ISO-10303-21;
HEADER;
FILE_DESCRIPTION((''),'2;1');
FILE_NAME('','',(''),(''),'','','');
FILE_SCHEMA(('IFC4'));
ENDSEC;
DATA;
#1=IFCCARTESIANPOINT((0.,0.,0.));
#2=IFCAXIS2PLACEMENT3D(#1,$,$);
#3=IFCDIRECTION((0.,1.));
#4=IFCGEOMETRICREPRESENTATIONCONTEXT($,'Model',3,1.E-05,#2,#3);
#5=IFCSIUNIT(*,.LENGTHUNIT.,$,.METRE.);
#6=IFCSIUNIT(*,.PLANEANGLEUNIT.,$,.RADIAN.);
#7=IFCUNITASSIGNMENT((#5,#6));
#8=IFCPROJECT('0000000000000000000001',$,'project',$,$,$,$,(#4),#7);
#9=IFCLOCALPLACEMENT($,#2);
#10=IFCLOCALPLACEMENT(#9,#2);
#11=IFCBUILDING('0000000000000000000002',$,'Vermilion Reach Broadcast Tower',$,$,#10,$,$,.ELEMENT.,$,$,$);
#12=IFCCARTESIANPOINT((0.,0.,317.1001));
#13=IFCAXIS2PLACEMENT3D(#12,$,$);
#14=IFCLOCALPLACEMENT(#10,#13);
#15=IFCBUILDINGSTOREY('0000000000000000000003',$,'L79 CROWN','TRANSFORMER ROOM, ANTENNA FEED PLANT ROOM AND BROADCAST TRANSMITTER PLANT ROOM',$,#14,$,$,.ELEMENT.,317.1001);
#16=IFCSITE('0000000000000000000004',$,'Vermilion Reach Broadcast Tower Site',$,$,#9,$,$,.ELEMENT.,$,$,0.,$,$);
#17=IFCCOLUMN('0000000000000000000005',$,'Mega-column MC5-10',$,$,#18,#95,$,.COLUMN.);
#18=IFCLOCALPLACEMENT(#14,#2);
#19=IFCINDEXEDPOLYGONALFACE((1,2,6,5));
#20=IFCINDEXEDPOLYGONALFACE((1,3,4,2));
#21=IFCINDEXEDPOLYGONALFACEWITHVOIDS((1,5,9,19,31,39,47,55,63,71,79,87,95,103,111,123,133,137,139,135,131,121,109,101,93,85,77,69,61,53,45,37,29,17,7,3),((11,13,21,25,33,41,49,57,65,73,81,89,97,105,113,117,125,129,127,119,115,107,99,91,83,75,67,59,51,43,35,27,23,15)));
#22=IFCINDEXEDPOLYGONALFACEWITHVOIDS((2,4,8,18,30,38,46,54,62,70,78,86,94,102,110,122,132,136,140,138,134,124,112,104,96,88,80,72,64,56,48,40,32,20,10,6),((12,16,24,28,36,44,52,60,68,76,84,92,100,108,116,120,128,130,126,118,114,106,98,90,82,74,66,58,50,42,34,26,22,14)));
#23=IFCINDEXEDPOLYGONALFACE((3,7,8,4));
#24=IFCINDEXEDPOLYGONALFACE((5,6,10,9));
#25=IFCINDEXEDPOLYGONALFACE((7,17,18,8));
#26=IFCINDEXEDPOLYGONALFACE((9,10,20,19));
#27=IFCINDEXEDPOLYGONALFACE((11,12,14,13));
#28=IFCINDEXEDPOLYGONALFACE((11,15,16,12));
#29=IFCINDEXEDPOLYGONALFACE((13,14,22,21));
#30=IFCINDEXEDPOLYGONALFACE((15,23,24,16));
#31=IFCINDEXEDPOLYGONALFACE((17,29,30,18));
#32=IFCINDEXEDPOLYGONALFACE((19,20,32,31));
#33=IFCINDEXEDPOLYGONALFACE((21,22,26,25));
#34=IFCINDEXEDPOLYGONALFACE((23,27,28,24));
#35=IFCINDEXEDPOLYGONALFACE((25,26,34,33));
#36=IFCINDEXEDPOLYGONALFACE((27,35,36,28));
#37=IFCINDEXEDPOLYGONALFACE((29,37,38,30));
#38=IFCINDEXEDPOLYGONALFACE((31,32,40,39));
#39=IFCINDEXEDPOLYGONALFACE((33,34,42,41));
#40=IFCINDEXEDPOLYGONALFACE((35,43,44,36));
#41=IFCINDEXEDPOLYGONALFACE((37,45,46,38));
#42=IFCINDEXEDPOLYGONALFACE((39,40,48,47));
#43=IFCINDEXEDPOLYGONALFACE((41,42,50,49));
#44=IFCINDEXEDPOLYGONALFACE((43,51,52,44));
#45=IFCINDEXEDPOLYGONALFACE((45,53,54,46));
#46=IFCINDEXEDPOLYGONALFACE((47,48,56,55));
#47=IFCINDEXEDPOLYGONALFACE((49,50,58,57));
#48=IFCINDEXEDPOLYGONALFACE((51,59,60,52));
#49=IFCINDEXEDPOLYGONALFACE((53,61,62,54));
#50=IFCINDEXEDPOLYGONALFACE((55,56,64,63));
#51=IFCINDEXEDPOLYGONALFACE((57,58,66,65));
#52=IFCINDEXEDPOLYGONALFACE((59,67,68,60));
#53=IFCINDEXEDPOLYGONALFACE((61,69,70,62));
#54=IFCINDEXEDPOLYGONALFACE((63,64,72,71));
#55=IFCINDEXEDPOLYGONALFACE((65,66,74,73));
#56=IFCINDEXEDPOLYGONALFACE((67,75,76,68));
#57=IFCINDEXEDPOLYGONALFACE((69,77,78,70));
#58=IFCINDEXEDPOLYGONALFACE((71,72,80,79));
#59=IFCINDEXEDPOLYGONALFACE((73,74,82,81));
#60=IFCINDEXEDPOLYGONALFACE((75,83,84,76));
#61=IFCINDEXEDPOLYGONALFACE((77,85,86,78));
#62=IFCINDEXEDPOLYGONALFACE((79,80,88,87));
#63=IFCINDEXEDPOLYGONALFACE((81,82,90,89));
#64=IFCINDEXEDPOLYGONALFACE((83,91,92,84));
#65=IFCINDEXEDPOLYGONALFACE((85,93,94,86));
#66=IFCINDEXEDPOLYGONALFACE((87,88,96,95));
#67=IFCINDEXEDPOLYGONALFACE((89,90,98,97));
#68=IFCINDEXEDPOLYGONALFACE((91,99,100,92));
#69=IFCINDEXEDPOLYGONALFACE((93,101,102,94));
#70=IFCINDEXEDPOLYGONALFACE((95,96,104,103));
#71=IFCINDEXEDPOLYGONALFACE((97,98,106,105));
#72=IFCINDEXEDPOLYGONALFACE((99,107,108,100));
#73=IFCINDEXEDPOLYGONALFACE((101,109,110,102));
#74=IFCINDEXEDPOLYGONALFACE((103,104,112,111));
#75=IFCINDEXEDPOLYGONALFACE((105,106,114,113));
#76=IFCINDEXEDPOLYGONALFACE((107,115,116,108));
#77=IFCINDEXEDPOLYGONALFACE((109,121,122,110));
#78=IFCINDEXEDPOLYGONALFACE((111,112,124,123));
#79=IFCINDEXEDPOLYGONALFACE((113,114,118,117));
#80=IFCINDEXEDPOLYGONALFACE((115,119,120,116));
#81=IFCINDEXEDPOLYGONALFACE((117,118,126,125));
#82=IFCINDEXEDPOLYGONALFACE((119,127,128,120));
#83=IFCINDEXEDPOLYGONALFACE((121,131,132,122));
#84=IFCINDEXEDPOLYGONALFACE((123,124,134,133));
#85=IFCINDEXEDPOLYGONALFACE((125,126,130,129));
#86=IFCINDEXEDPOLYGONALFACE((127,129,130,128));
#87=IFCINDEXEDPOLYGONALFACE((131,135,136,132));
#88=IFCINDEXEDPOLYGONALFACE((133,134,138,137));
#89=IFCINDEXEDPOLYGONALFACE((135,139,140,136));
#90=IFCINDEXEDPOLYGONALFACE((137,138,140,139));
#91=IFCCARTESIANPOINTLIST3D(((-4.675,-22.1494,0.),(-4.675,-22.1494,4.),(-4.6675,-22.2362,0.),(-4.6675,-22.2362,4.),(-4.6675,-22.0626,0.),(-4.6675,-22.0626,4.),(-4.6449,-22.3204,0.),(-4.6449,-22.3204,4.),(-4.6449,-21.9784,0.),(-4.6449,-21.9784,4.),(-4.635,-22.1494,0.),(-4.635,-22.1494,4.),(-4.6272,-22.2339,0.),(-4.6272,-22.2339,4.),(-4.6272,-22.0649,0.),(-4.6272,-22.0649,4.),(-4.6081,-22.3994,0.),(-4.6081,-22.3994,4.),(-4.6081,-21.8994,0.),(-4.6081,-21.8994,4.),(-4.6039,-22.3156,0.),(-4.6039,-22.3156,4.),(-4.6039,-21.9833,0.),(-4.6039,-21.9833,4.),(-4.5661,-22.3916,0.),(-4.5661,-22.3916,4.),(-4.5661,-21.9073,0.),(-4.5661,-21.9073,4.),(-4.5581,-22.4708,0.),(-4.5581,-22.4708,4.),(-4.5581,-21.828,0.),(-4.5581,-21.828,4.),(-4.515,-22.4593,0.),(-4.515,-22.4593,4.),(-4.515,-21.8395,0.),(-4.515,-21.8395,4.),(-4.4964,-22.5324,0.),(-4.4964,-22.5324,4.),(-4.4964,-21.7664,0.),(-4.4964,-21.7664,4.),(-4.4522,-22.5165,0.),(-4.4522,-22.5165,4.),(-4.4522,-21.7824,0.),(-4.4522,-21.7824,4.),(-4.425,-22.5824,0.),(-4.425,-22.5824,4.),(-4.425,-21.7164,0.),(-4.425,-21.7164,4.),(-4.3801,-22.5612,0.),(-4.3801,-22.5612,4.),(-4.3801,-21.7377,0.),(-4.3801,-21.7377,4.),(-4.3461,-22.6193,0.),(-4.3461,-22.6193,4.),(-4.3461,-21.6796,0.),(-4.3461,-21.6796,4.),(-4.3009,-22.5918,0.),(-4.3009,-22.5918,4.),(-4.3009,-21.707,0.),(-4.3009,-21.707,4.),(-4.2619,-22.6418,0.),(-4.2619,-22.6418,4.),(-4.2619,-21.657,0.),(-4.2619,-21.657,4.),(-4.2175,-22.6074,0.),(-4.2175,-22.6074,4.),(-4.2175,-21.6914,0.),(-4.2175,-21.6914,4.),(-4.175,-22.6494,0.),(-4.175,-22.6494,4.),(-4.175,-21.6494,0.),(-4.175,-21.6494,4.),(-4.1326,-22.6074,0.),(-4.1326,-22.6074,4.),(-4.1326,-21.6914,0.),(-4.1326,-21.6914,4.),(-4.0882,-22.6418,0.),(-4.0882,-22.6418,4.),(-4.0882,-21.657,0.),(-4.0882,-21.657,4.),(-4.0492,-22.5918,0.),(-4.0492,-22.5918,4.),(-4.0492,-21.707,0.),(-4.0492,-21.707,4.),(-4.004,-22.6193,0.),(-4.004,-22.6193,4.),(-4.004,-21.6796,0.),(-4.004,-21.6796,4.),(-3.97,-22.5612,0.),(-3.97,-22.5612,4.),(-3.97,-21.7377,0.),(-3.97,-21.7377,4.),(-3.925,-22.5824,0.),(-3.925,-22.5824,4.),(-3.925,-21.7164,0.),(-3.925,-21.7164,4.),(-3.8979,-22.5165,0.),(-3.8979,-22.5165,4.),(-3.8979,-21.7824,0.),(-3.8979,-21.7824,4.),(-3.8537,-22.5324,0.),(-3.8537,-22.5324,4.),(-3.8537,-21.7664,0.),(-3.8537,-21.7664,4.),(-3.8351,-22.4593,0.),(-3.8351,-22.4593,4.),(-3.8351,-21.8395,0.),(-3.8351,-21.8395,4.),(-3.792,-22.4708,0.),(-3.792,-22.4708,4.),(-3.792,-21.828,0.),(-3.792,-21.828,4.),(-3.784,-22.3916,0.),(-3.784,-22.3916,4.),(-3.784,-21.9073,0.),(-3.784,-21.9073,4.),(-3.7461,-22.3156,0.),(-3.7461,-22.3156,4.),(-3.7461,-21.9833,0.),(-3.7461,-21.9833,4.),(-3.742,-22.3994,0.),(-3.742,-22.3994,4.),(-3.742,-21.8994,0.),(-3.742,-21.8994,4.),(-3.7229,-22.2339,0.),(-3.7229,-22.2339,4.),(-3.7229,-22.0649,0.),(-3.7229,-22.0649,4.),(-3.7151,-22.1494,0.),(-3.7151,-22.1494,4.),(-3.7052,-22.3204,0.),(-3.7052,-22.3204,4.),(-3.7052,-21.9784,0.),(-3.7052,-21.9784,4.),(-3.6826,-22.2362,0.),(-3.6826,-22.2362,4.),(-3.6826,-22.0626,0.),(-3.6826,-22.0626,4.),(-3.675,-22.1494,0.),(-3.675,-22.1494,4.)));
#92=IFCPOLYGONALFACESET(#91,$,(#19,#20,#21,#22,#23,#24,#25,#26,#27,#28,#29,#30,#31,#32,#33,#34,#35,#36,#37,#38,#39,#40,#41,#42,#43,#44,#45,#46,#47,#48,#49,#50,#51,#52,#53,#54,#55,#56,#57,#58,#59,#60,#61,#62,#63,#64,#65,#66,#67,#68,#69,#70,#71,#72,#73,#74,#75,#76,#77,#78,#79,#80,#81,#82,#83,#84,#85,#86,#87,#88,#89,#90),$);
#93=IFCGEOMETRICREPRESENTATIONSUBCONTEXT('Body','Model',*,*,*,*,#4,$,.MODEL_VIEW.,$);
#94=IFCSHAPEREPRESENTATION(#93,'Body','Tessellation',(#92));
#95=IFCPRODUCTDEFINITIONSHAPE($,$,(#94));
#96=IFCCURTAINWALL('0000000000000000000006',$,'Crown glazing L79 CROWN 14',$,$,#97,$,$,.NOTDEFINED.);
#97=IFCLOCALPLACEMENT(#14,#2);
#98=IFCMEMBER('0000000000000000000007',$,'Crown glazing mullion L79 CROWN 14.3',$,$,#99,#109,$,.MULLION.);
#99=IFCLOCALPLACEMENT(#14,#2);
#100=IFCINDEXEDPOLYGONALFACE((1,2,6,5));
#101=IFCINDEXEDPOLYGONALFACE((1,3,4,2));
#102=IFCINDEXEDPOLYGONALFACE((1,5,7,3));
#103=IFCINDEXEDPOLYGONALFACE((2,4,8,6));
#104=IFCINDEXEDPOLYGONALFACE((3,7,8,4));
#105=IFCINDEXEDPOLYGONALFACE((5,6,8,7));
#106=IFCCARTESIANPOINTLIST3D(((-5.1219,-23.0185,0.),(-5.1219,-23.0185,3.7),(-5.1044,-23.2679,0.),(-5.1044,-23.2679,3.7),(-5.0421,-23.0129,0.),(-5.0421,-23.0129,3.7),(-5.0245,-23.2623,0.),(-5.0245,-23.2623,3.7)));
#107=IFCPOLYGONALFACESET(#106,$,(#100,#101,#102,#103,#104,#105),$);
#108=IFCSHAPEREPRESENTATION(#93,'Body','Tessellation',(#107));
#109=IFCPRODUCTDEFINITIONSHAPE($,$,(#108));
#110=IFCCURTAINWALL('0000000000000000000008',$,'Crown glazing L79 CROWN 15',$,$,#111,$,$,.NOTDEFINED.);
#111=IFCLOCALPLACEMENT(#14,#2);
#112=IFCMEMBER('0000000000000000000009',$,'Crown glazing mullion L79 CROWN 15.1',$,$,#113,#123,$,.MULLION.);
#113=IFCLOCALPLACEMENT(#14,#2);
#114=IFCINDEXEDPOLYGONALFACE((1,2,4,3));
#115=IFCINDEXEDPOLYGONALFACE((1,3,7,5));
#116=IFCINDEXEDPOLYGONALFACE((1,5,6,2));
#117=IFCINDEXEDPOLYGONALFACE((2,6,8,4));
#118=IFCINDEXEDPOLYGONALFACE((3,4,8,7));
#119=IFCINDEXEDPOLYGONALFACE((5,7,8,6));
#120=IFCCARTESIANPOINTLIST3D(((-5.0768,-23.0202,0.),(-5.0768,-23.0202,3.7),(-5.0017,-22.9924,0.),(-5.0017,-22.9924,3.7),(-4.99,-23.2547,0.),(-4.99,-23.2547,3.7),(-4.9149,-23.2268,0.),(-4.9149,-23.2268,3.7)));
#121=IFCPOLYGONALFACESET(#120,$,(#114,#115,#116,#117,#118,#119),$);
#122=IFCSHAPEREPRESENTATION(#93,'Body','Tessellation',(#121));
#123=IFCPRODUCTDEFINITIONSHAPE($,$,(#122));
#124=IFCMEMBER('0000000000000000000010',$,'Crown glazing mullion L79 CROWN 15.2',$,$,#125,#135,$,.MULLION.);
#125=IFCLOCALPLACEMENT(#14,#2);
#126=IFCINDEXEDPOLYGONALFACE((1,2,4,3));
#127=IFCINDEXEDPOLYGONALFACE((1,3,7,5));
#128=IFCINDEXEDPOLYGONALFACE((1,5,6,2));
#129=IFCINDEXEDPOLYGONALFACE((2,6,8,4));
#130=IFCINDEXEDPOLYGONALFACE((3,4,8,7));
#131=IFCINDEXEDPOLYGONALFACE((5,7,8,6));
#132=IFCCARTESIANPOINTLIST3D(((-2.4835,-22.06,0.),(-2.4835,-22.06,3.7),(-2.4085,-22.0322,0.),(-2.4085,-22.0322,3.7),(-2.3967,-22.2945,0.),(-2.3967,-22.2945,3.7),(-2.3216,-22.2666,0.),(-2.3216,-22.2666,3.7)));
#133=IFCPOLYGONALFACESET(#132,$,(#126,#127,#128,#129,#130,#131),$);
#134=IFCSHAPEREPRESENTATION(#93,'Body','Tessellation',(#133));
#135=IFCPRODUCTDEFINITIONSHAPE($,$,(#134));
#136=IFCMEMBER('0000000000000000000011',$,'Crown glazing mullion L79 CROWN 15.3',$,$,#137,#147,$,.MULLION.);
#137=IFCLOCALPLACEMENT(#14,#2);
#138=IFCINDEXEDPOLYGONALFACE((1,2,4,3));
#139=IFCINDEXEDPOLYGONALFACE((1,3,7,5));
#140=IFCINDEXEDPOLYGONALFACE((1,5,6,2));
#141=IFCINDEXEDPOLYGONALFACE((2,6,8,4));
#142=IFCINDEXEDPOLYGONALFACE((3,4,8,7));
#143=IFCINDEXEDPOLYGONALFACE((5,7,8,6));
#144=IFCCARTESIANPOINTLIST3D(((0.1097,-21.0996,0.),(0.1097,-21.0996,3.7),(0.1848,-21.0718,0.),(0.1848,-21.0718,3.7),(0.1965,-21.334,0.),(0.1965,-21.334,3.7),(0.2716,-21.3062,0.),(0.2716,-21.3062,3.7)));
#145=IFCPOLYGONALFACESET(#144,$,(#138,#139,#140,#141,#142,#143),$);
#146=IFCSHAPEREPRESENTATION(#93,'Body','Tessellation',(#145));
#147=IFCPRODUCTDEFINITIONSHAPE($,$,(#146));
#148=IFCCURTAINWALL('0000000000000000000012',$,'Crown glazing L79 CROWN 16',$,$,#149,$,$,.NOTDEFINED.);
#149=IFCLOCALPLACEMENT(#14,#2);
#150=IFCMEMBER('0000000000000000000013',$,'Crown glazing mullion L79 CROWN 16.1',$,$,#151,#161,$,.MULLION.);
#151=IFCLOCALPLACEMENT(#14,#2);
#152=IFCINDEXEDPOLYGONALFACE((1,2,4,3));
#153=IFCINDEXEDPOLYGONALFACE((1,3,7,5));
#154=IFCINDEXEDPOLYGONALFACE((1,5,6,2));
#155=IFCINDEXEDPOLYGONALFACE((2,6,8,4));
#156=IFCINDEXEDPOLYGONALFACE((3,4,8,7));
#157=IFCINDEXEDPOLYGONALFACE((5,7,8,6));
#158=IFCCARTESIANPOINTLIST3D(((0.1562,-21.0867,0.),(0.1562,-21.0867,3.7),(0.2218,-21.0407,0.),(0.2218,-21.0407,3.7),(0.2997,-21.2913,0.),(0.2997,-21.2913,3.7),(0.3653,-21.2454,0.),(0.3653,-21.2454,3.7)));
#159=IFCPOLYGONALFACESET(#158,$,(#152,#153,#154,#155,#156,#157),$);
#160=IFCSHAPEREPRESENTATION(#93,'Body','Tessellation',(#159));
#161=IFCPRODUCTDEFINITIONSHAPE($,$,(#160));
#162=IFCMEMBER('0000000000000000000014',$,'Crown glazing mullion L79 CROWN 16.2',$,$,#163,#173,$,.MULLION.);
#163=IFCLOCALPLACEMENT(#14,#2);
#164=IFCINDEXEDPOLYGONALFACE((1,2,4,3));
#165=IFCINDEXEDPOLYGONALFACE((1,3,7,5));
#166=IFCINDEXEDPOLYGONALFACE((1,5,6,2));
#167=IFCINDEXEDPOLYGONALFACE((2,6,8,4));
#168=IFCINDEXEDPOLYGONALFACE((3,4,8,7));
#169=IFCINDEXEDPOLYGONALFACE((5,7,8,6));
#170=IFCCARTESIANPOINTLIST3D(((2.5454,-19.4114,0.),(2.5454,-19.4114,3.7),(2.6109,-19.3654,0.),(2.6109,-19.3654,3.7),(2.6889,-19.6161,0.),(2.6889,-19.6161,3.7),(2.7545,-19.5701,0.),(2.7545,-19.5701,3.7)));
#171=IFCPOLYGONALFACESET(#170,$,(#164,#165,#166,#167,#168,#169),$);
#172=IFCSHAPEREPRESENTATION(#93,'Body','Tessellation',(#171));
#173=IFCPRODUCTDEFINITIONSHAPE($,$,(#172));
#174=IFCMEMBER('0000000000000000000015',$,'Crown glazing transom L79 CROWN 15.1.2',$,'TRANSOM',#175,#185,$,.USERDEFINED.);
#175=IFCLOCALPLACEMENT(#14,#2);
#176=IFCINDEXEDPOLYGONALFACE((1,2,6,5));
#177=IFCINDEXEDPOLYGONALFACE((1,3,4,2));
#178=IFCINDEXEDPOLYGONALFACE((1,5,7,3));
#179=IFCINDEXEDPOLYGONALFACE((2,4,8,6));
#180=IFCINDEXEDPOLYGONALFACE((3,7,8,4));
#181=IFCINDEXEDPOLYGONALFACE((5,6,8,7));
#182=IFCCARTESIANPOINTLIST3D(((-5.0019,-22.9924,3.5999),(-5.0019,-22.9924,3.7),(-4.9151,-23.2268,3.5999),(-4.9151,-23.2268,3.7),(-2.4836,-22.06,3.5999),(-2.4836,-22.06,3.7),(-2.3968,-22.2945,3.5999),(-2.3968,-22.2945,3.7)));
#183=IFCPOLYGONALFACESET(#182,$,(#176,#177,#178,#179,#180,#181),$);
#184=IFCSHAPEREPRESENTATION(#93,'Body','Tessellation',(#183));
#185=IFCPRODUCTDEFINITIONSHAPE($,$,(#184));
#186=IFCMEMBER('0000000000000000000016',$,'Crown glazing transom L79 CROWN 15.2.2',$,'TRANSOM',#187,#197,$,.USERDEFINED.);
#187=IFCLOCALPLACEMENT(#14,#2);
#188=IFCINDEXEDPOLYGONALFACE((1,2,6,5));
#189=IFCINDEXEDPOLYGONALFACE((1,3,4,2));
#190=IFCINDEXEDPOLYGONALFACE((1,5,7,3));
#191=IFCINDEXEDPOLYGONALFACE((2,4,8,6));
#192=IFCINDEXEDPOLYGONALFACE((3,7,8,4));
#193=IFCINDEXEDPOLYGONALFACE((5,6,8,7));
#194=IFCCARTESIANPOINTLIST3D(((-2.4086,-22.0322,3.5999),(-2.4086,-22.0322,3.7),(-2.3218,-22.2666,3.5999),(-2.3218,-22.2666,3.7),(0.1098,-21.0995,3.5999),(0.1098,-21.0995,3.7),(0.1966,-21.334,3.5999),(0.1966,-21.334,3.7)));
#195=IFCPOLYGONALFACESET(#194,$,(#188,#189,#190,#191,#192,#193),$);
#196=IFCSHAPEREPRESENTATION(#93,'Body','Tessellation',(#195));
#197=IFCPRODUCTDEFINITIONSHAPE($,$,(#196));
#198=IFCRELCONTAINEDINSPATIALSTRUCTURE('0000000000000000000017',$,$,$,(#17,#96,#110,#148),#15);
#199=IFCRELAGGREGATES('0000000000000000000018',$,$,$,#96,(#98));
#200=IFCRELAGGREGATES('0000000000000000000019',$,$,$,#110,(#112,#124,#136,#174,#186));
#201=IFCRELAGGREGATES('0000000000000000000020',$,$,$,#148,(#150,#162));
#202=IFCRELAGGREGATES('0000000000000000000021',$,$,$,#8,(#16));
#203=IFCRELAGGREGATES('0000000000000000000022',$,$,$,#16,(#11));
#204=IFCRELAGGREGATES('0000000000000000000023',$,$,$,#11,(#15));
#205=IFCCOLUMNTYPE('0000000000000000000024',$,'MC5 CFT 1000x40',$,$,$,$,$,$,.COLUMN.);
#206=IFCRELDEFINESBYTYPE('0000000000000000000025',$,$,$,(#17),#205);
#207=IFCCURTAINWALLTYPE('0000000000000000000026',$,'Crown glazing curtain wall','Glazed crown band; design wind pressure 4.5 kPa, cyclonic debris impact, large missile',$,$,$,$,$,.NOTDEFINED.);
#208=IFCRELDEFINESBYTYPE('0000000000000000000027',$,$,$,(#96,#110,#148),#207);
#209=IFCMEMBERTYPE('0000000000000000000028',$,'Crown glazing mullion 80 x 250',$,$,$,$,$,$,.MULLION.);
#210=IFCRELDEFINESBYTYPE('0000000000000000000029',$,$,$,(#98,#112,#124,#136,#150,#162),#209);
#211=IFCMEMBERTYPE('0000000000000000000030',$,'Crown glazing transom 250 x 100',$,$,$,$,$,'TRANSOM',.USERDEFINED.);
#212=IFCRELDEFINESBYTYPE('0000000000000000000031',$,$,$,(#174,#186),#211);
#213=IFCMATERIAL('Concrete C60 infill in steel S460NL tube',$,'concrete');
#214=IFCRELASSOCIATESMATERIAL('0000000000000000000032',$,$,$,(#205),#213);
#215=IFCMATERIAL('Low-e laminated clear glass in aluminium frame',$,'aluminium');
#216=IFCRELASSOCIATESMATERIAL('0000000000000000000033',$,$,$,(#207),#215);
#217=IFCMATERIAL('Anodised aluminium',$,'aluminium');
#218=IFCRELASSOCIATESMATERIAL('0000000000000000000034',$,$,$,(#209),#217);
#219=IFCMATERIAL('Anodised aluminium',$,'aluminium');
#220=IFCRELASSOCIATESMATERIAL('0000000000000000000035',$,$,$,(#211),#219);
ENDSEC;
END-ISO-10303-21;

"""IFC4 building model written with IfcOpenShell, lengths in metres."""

from ifc_helpers import new_model, si_unit, direction, frame, origin, origin_2d, place, context, subcontext, project, spatial, rectangle, hollow_circle, extrude, material, material_profile, profile_set, type_object, element, aggregate, save


model = new_model("IFC4")

# Units and contexts
model_context = context("Model", 3, precision=1e-05, world=origin(), true_north=direction((0.0, 1.0)))
body_context = subcontext(model_context, "Body", "Model", "MODEL_VIEW")
ifc_project = project(units=[si_unit("LENGTHUNIT", "METRE"), si_unit("PLANEANGLEUNIT", "RADIAN")], contexts=[model_context])

# Site, building, storey
site_placement = place(None, origin())
site = spatial("IfcSite", under=ifc_project, at=site_placement, Name="Vermilion Reach Broadcast Tower Site", CompositionType="ELEMENT", RefElevation=0.0)
building_placement = place(site_placement, origin())
building = spatial("IfcBuilding", under=site, at=building_placement, Name="Vermilion Reach Broadcast Tower", CompositionType="ELEMENT")
storey_placement = place(building_placement, frame((0.0, 0.0, 317.1001)))
storey = spatial("IfcBuildingStorey", under=building, at=storey_placement, Name="L79 CROWN", Description="TRANSFORMER ROOM, ANTENNA FEED PLANT ROOM AND BROADCAST TRANSMITTER PLANT ROOM", CompositionType="ELEMENT", Elevation=317.1001)

# Column
ifc_material_1 = material(Name="Concrete C60 infill in steel S460NL tube", Category="concrete")
ifc_material_profile_1 = material_profile(ifc_material_1, hollow_circle(Radius=0.5, WallThickness=0.04, at=origin_2d()), Name="Concrete C60 infill in steel S460NL tube CFT 1000x40")
ifc_profile_set_1 = profile_set([ifc_material_profile_1], Name="Concrete C60 infill in steel S460NL tube")
column_type = type_object("IfcColumnType", Name="MC5 CFT 1000x40", PredefinedType="COLUMN", material=ifc_profile_set_1)
column_placement = place(storey_placement, frame((-4.175, -22.1494, 0.0), z_axis=(0.0, 0.0, 1.0), x_axis=(1.0, 0.0, 0.0)))
element("IfcColumn", 1, at=column_placement, inside=storey, type_object=column_type, Name="Mega-column MC5-10", PredefinedType="COLUMN", context=body_context, shape_type="SweptSolid", body=[
    extrude(hollow_circle(Radius=0.5, WallThickness=0.04, at=origin_2d()), origin(), (0.0, 0.0, 1.0), 4.0),
])

# Curtain wall, member
ifc_material_2 = material(Name="Low-e laminated clear glass in aluminium frame", Category="aluminium")
curtain_wall_type = type_object("IfcCurtainWallType", Name="Crown glazing curtain wall", Description="Glazed crown band; design wind pressure 4.5 kPa, cyclonic debris impact, large missile", PredefinedType="NOTDEFINED", material=ifc_material_2)
placement = place(storey_placement, origin())
curtain_wall_1 = element("IfcCurtainWall", 2, at=placement, inside=storey, type_object=curtain_wall_type, Name="Crown glazing L79 CROWN 14", PredefinedType="NOTDEFINED")
ifc_material_3 = material(Name="Anodised aluminium", Category="aluminium")
ifc_material_profile_2 = material_profile(ifc_material_3, rectangle(XDim=0.25, YDim=0.0801, at=origin_2d()), Name="Crown glazing mullion 80 x 250")
ifc_profile_set_2 = profile_set([ifc_material_profile_2], Name="Anodised aluminium")
member_type_1 = type_object("IfcMemberType", Name="Crown glazing mullion 80 x 250", PredefinedType="MULLION", material=ifc_profile_set_2)
member_1_placement = place(storey_placement, frame((-5.0732, -23.1404, 0.0), z_axis=(0.0, 0.0, 1.0), x_axis=(-0.070082, 0.997541, 0.0)))
member_1 = element("IfcMember", 3, at=member_1_placement, type_object=member_type_1, Name="Crown glazing mullion L79 CROWN 14.3", PredefinedType="MULLION", context=body_context, shape_type="SweptSolid", body=[
    extrude(rectangle(XDim=0.25, YDim=0.0801, at=origin_2d()), origin(), (0.0, 0.0, 1.0), 3.7),
])
aggregate(curtain_wall_1, [member_1])

# Curtain walls, members
curtain_wall_2 = element("IfcCurtainWall", 4, at=placement, inside=storey, type_object=curtain_wall_type, Name="Crown glazing L79 CROWN 15", PredefinedType="NOTDEFINED")
member_2_placement = place(storey_placement, frame((-4.9958, -23.1235, 0.0), z_axis=(0.0, 0.0, 1.0), x_axis=(-0.347291, 0.937757, 0.0)))
member_2 = element("IfcMember", 5, at=member_2_placement, type_object=member_type_1, Name="Crown glazing mullion L79 CROWN 15.1", PredefinedType="MULLION", context=body_context, shape_type="SweptSolid", body=[
    extrude(rectangle(XDim=0.25, YDim=0.0801, at=origin_2d()), origin(), (0.0, 0.0, 1.0), 3.7),
])
member_3_placement = place(storey_placement, frame((-2.4026, -22.1633, 0.0), z_axis=(0.0, 0.0, 1.0), x_axis=(-0.347291, 0.937757, 0.0)))
member_3 = element("IfcMember", 6, at=member_3_placement, type_object=member_type_1, Name="Crown glazing mullion L79 CROWN 15.2", PredefinedType="MULLION", context=body_context, shape_type="SweptSolid", body=[
    extrude(rectangle(XDim=0.25, YDim=0.0801, at=origin_2d()), origin(), (0.0, 0.0, 1.0), 3.7),
])
member_4_placement = place(storey_placement, frame((0.1907, -21.2029, 0.0), z_axis=(0.0, 0.0, 1.0), x_axis=(-0.347291, 0.937757, 0.0)))
member_4 = element("IfcMember", 7, at=member_4_placement, type_object=member_type_1, Name="Crown glazing mullion L79 CROWN 15.3", PredefinedType="MULLION", context=body_context, shape_type="SweptSolid", body=[
    extrude(rectangle(XDim=0.25, YDim=0.0801, at=origin_2d()), origin(), (0.0, 0.0, 1.0), 3.7),
])
curtain_wall_3 = element("IfcCurtainWall", 8, at=placement, inside=storey, type_object=curtain_wall_type, Name="Crown glazing L79 CROWN 16", PredefinedType="NOTDEFINED")
member_5_placement = place(storey_placement, frame((0.2607, -21.166, 0.0), z_axis=(0.0, 0.0, 1.0), x_axis=(-0.574164, 0.81874, 0.0)))
member_5 = element("IfcMember", 9, at=member_5_placement, type_object=member_type_1, Name="Crown glazing mullion L79 CROWN 16.1", PredefinedType="MULLION", context=body_context, shape_type="SweptSolid", body=[
    extrude(rectangle(XDim=0.25, YDim=0.0801, at=origin_2d()), origin(), (0.0, 0.0, 1.0), 3.7),
])
member_6_placement = place(storey_placement, frame((2.6499, -19.4907, 0.0), z_axis=(0.0, 0.0, 1.0), x_axis=(-0.574164, 0.81874, 0.0)))
member_6 = element("IfcMember", 10, at=member_6_placement, type_object=member_type_1, Name="Crown glazing mullion L79 CROWN 16.2", PredefinedType="MULLION", context=body_context, shape_type="SweptSolid", body=[
    extrude(rectangle(XDim=0.25, YDim=0.0801, at=origin_2d()), origin(), (0.0, 0.0, 1.0), 3.7),
])

# Members
ifc_material_4 = material(Name="Anodised aluminium", Category="aluminium")
ifc_material_profile_3 = material_profile(ifc_material_4, rectangle(XDim=0.25, YDim=0.1001, at=origin_2d()), Name="Crown glazing transom 250 x 100")
ifc_profile_set_3 = profile_set([ifc_material_profile_3], Name="Anodised aluminium")
member_type_2 = type_object("IfcMemberType", Name="Crown glazing transom 250 x 100", ElementType="TRANSOM", PredefinedType="USERDEFINED", material=ifc_profile_set_3)
member_7_placement = place(storey_placement, frame((-4.9585, -23.1096, 3.6499), z_axis=(0.937789, 0.347205, 0.0), x_axis=(-0.347205, 0.937789, 0.0)))
member_7 = element("IfcMember", 11, at=member_7_placement, type_object=member_type_2, Name="Crown glazing transom L79 CROWN 15.1.2", ObjectType="TRANSOM", PredefinedType="USERDEFINED", context=body_context, shape_type="SweptSolid", body=[
    extrude(rectangle(XDim=0.25, YDim=0.1001, at=origin_2d()), origin(), (0.0, 0.0, 1.0), 2.6853),
])
member_8_placement = place(storey_placement, frame((-2.3652, -22.1494, 3.6499), z_axis=(0.93776, 0.347285, 0.0), x_axis=(-0.347285, 0.93776, 0.0)))
member_8 = element("IfcMember", 12, at=member_8_placement, type_object=member_type_2, Name="Crown glazing transom L79 CROWN 15.2.2", ObjectType="TRANSOM", PredefinedType="USERDEFINED", context=body_context, shape_type="SweptSolid", body=[
    extrude(rectangle(XDim=0.25, YDim=0.1001, at=origin_2d()), origin(), (0.0, 0.0, 1.0), 2.6855),
])

aggregate(curtain_wall_2, [member_2, member_3, member_4, member_7, member_8])
aggregate(curtain_wall_3, [member_5, member_6])

save(model, "model.ifc")
